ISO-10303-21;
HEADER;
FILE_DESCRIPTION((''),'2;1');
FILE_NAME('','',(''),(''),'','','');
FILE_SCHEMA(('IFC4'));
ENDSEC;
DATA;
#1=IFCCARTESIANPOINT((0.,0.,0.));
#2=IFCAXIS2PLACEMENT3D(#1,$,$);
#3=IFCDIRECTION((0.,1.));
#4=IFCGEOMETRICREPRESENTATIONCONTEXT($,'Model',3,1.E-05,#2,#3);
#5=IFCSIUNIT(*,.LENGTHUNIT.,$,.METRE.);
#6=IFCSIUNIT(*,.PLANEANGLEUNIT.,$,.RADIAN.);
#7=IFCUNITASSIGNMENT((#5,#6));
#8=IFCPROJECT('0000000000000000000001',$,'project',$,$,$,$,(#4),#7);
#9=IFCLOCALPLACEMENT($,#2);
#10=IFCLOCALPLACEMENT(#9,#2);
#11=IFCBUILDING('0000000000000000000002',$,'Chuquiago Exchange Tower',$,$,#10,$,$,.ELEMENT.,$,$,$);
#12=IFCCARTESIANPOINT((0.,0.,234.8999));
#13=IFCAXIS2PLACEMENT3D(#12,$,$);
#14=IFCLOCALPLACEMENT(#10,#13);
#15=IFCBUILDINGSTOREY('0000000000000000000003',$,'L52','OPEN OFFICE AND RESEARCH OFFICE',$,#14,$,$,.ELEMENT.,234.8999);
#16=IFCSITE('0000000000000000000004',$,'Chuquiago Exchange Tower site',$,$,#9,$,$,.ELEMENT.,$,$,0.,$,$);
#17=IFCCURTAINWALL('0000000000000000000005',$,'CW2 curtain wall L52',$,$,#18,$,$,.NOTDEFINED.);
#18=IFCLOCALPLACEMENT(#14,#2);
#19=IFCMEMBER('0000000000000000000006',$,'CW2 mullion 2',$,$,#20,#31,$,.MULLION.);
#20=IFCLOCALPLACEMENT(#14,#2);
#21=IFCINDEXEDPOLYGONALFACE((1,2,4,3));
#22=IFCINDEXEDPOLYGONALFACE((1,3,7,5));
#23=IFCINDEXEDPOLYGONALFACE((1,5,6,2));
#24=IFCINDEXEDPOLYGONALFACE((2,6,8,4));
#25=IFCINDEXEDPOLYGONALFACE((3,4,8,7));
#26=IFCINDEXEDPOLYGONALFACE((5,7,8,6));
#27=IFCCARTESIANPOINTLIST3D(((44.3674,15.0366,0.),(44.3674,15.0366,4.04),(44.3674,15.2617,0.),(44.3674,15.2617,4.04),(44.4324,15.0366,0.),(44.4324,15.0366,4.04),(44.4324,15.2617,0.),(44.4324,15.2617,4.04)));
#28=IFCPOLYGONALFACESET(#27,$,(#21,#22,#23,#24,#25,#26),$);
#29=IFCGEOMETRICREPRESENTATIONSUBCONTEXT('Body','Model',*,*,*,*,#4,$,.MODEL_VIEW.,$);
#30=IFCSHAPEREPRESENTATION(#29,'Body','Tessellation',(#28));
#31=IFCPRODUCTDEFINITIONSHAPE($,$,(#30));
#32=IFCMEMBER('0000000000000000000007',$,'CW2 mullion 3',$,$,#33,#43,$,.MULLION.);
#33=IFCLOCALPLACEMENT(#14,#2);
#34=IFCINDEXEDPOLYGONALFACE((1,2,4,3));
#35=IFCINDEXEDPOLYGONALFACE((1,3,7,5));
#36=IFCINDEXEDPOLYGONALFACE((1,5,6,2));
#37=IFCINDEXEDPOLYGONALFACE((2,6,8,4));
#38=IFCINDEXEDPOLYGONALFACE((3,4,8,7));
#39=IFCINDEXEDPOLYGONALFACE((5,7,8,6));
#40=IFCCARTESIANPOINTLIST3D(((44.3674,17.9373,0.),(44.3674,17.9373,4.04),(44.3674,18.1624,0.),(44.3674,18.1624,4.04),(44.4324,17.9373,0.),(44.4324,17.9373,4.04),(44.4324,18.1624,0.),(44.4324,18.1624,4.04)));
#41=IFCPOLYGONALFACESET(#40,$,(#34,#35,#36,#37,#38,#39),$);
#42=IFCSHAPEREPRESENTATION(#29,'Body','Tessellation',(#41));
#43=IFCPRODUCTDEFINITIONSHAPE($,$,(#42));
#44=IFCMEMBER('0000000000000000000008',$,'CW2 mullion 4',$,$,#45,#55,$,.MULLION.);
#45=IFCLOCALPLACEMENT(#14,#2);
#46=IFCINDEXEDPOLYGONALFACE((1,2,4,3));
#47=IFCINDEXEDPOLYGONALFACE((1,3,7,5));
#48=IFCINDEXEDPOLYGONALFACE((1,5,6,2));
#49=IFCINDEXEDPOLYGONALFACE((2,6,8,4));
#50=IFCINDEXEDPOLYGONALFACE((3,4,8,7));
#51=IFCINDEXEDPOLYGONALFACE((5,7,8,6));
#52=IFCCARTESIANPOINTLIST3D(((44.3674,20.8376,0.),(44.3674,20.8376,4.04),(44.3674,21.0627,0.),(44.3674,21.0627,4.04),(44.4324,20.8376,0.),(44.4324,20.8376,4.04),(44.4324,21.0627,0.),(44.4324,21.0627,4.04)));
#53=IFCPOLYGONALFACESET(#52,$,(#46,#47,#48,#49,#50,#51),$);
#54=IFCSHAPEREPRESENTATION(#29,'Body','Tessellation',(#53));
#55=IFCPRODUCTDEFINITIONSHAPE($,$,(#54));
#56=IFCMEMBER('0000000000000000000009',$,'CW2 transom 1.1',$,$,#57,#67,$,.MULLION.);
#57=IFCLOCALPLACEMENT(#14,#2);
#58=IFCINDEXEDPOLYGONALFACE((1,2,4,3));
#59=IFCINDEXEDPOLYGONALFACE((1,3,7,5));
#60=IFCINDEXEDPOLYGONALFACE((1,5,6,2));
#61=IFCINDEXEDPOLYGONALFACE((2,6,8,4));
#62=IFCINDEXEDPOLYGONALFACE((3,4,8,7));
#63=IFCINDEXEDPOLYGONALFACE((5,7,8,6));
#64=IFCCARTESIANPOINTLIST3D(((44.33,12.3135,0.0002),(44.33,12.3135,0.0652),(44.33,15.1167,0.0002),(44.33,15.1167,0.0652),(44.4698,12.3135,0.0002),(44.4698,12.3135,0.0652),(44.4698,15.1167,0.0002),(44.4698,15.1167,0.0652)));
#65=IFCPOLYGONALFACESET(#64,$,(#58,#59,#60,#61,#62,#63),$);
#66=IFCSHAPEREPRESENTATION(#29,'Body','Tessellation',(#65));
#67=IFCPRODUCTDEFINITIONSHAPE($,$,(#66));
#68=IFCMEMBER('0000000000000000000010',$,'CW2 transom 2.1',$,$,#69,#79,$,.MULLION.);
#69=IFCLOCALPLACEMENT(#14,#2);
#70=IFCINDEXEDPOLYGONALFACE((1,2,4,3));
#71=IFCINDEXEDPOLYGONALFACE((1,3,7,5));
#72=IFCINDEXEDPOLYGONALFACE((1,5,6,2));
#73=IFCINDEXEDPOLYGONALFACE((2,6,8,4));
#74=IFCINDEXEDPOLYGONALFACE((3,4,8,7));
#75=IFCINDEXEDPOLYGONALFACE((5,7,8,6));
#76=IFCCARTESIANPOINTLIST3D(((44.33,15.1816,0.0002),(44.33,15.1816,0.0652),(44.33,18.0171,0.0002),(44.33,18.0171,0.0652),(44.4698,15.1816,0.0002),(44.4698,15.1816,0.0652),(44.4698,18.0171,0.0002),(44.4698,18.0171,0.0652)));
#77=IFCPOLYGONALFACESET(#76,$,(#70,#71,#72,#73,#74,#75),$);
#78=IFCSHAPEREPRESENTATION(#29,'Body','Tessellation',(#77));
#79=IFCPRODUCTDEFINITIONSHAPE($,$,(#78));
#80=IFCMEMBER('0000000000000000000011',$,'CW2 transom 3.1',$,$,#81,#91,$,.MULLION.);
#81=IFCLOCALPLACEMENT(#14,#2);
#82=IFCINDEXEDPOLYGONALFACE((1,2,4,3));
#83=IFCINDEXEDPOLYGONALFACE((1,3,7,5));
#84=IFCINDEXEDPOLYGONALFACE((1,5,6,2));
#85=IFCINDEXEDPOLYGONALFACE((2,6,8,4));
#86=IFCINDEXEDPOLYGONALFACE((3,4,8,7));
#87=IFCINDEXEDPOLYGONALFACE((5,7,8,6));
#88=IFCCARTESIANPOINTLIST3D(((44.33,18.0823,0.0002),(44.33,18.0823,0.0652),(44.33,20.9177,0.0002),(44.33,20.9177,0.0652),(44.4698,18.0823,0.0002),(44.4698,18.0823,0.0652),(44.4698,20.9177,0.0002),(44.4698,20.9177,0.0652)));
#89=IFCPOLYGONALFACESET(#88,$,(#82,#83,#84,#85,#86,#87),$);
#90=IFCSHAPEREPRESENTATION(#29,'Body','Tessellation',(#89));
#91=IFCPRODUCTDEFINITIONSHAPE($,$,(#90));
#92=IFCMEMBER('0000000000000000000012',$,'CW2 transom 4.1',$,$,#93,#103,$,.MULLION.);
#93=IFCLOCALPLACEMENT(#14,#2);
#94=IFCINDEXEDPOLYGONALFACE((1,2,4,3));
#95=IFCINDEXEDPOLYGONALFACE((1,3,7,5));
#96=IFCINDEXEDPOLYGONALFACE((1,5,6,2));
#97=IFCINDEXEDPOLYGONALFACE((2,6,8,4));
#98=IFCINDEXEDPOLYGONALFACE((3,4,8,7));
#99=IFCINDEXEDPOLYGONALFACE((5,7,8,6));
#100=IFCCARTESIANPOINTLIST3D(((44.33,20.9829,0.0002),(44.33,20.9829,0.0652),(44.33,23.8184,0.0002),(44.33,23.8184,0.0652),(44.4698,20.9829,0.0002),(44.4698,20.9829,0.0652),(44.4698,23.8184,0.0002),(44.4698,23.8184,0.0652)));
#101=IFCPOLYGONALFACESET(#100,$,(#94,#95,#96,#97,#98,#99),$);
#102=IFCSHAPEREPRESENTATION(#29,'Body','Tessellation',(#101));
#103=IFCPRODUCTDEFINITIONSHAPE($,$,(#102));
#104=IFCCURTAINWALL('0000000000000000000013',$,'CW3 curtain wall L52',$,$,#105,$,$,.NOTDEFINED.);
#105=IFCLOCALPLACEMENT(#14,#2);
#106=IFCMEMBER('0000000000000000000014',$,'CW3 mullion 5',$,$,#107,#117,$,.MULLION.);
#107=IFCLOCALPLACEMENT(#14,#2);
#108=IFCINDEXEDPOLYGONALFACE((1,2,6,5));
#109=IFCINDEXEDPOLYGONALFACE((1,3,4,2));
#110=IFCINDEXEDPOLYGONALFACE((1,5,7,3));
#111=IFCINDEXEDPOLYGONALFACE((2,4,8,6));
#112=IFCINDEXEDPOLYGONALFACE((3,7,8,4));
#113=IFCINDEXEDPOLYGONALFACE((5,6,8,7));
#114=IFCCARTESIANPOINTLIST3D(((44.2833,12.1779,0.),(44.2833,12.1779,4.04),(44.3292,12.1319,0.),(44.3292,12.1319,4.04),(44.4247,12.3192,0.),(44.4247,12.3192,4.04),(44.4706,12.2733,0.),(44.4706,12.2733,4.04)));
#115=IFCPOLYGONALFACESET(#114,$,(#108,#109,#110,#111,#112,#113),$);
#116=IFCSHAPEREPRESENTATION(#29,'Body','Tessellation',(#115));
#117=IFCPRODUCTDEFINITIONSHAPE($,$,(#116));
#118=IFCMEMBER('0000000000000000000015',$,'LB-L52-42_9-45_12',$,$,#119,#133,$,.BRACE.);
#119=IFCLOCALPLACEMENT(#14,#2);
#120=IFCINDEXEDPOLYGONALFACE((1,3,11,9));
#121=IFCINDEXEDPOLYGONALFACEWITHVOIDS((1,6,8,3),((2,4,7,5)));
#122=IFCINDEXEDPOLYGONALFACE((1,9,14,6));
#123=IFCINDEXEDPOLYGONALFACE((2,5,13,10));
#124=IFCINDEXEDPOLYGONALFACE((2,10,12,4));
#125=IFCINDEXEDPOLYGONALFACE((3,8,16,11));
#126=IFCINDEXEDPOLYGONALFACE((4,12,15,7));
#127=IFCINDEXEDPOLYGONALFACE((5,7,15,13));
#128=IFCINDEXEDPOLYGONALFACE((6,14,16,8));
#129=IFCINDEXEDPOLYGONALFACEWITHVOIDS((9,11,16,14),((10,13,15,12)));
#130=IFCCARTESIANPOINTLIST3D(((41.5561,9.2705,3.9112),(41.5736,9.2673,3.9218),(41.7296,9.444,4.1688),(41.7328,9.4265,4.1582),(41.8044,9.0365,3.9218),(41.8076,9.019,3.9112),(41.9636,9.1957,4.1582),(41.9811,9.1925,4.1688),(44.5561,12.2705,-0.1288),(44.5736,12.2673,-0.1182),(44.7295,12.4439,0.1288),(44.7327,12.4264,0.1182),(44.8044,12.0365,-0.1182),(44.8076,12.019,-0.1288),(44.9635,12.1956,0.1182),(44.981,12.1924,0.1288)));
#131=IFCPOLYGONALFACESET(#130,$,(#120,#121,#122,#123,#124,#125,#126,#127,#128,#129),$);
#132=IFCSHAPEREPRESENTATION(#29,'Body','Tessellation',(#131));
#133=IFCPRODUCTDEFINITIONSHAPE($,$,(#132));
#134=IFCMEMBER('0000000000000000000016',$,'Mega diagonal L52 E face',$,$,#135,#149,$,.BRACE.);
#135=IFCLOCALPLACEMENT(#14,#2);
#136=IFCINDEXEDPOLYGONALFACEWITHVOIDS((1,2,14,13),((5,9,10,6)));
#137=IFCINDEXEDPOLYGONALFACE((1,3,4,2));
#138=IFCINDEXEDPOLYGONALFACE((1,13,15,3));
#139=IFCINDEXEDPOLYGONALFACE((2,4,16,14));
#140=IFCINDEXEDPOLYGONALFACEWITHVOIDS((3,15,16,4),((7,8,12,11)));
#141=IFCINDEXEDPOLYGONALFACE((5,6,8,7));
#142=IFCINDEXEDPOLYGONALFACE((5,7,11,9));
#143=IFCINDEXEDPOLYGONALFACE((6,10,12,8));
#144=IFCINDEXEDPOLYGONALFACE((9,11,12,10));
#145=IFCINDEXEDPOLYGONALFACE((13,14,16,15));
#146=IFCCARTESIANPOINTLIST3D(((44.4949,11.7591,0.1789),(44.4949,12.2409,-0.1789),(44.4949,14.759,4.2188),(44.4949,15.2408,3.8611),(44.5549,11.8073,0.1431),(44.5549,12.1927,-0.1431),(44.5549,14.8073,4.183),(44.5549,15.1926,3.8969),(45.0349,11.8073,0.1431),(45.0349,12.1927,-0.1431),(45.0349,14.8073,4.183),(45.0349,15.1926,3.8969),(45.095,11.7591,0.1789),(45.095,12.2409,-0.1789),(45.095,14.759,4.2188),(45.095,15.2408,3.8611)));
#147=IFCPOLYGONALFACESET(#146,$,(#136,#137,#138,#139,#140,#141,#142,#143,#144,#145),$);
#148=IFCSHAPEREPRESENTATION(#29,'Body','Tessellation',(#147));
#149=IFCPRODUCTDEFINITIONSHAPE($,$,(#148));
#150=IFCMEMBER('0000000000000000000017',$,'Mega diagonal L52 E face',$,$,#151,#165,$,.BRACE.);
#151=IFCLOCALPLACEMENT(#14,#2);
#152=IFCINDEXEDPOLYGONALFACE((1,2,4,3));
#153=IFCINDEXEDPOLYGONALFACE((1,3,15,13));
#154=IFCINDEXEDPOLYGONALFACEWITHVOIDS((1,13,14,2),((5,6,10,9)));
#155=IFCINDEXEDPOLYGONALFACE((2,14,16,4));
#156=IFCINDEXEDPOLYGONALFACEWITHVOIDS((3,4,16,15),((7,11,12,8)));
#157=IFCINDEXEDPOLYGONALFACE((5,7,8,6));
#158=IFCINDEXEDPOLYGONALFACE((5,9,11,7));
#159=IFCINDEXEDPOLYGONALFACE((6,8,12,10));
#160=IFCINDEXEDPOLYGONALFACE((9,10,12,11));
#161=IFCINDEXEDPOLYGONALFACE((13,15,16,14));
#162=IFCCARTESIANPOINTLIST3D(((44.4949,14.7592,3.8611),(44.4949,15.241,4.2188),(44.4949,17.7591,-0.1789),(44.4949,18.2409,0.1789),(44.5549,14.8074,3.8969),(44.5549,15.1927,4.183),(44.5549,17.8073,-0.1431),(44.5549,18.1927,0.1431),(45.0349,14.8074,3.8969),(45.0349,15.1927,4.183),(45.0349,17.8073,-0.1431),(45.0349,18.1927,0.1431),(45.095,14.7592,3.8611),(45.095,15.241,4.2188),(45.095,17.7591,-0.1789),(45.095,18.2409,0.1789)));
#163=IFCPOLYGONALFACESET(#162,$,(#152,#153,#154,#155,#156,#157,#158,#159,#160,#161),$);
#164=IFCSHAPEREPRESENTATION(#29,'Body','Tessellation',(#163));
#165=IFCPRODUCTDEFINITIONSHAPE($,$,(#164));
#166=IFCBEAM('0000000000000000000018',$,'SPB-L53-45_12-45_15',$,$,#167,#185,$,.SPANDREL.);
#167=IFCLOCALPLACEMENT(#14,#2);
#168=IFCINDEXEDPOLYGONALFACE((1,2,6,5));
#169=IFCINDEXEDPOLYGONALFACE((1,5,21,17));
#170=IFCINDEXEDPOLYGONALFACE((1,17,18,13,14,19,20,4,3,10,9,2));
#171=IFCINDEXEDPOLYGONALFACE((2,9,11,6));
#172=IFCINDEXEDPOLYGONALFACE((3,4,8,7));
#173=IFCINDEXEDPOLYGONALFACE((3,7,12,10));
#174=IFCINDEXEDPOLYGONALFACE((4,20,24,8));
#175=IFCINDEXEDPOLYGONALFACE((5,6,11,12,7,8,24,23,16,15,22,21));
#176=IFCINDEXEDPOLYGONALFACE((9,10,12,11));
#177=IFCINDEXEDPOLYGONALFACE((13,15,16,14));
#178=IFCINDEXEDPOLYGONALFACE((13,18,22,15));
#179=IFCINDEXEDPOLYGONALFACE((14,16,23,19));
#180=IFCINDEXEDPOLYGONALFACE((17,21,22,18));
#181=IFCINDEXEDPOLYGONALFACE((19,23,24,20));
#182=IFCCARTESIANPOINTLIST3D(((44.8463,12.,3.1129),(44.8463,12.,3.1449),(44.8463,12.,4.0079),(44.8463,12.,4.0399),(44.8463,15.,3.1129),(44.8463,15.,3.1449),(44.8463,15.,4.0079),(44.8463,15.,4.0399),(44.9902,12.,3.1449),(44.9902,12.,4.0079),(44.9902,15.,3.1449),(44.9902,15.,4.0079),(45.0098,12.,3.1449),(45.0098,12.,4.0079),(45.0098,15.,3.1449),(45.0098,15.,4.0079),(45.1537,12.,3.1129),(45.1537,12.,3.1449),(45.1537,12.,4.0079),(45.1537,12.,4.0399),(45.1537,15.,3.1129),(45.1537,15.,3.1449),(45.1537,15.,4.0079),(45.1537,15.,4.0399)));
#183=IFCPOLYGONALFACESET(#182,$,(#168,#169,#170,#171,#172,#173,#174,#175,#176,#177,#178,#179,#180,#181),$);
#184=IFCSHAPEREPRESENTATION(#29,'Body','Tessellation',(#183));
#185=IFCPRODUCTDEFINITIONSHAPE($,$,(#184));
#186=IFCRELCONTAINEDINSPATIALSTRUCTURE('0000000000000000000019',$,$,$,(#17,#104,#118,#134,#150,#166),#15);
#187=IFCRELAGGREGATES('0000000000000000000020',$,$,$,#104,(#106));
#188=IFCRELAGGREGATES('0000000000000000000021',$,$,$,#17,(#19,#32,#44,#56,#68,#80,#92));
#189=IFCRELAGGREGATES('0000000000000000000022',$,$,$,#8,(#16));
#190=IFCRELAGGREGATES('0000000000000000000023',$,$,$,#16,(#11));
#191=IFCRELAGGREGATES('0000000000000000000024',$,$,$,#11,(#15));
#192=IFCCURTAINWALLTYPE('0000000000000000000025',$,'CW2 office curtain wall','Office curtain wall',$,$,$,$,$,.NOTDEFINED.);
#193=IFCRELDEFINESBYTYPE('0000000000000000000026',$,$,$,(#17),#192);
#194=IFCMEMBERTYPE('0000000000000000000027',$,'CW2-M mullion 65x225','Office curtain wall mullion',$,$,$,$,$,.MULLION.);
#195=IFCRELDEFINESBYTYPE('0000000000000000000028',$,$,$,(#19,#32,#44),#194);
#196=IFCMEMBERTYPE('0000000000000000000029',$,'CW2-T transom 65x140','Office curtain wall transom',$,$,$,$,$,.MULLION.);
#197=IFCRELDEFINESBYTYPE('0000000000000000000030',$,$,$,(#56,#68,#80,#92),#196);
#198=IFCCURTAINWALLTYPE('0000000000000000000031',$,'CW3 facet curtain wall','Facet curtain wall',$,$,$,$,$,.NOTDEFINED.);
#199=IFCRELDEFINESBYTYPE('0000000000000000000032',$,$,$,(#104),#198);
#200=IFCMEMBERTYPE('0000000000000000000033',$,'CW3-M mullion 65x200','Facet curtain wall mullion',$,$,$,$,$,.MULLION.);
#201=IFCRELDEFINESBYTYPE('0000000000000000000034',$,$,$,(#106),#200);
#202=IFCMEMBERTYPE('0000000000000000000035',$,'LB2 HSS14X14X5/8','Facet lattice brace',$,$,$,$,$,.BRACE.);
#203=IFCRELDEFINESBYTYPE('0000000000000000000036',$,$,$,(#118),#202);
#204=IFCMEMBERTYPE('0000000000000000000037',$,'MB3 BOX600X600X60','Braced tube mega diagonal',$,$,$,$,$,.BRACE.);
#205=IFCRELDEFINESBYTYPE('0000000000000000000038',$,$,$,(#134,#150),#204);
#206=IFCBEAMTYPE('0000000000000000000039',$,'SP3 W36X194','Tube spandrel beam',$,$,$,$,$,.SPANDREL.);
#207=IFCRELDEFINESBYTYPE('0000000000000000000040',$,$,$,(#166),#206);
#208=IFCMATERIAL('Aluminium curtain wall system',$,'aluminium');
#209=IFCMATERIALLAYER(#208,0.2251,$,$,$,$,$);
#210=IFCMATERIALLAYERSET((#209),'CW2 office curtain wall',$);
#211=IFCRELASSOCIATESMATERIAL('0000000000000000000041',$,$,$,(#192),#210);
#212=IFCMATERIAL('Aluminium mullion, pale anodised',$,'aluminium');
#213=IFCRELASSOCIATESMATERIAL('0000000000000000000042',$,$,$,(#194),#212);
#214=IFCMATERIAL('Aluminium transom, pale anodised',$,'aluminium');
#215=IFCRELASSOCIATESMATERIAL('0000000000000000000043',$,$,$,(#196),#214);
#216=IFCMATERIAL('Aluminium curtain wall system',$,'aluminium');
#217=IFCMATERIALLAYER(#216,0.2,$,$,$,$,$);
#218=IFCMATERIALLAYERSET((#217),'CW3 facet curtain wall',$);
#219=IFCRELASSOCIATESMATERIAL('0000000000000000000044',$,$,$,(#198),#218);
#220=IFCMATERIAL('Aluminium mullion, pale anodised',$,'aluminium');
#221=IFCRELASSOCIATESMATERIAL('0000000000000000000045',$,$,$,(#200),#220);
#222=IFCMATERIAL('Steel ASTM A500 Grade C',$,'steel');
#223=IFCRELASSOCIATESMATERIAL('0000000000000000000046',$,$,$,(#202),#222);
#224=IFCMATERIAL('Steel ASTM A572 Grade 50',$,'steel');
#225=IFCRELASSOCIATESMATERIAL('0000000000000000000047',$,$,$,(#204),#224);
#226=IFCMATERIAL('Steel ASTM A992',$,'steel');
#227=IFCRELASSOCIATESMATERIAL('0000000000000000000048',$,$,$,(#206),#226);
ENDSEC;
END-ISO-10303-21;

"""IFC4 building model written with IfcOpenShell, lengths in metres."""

from ifc_helpers import new_model, si_unit, direction, frame, origin, origin_2d, place, context, subcontext, project, spatial, rectangle, hollow_rectangle, i_section, extrude, material, layer, layer_set, material_profile, profile_set, type_object, element, aggregate, save


model = new_model("IFC4")

# Units and contexts
model_context = context("Model", 3, precision=1e-05, world=origin(), true_north=direction((0.0, 1.0)))
body_context = subcontext(model_context, "Body", "Model", "MODEL_VIEW")
ifc_project = project(units=[si_unit("LENGTHUNIT", "METRE"), si_unit("PLANEANGLEUNIT", "RADIAN")], contexts=[model_context])

# Site, building, storey
site_placement = place(None, origin())
site = spatial("IfcSite", under=ifc_project, at=site_placement, Name="Chuquiago Exchange Tower site", CompositionType="ELEMENT", RefElevation=0.0)
building_placement = place(site_placement, origin())
building = spatial("IfcBuilding", under=site, at=building_placement, Name="Chuquiago Exchange Tower", CompositionType="ELEMENT")
storey_placement = place(building_placement, frame((0.0, 0.0, 234.8999)))
storey = spatial("IfcBuildingStorey", under=building, at=storey_placement, Name="L52", Description="OPEN OFFICE AND RESEARCH OFFICE", CompositionType="ELEMENT", Elevation=234.8999)

# Curtain wall, members
ifc_material_1 = material(Name="Aluminium curtain wall system", Category="aluminium")
ifc_layer_1 = layer(ifc_material_1, 0.2251)
ifc_layer_set_1 = layer_set([ifc_layer_1], Name="CW2 office curtain wall")
curtain_wall_type_1 = type_object("IfcCurtainWallType", Name="CW2 office curtain wall", Description="Office curtain wall", PredefinedType="NOTDEFINED", material=ifc_layer_set_1)
curtain_wall_1_placement = place(storey_placement, origin())
curtain_wall_1 = element("IfcCurtainWall", 1, at=curtain_wall_1_placement, inside=storey, type_object=curtain_wall_type_1, Name="CW2 curtain wall L52", PredefinedType="NOTDEFINED")
ifc_material_2 = material(Name="Aluminium mullion, pale anodised", Category="aluminium")
ifc_material_profile_1 = material_profile(ifc_material_2, rectangle(XDim=0.0649, YDim=0.2251, at=origin_2d()), Name="AL 65x225")
ifc_profile_set_1 = profile_set([ifc_material_profile_1], Name="Aluminium mullion, pale anodised")
member_type_1 = type_object("IfcMemberType", Name="CW2-M mullion 65x225", Description="Office curtain wall mullion", PredefinedType="MULLION", material=ifc_profile_set_1)
member_1_placement = place(storey_placement, frame((44.3999, 15.1492, 0.0), z_axis=(0.0, 0.0, 1.0), x_axis=(-1.0, 0.0, 0.0)))
member_1 = element("IfcMember", 2, at=member_1_placement, type_object=member_type_1, Name="CW2 mullion 2", PredefinedType="MULLION", context=body_context, shape_type="SweptSolid", body=[
    extrude(rectangle(XDim=0.0649, YDim=0.2251, at=origin_2d()), origin(), (0.0, 0.0, 1.0), 4.04),
])
member_2_placement = place(storey_placement, frame((44.3999, 18.0498, 0.0), z_axis=(0.0, 0.0, 1.0), x_axis=(-1.0, 0.0, 0.0)))
member_2 = element("IfcMember", 3, at=member_2_placement, type_object=member_type_1, Name="CW2 mullion 3", PredefinedType="MULLION", context=body_context, shape_type="SweptSolid", body=[
    extrude(rectangle(XDim=0.0649, YDim=0.2251, at=origin_2d()), origin(), (0.0, 0.0, 1.0), 4.04),
])
member_3_placement = place(storey_placement, frame((44.3999, 20.9502, 0.0), z_axis=(0.0, 0.0, 1.0), x_axis=(-1.0, 0.0, 0.0)))
member_3 = element("IfcMember", 4, at=member_3_placement, type_object=member_type_1, Name="CW2 mullion 4", PredefinedType="MULLION", context=body_context, shape_type="SweptSolid", body=[
    extrude(rectangle(XDim=0.0649, YDim=0.2251, at=origin_2d()), origin(), (0.0, 0.0, 1.0), 4.04),
])
ifc_material_3 = material(Name="Aluminium transom, pale anodised", Category="aluminium")
ifc_material_profile_2 = material_profile(ifc_material_3, rectangle(XDim=0.1399, YDim=0.0649, at=origin_2d()), Name="AL 140x65")
ifc_profile_set_2 = profile_set([ifc_material_profile_2], Name="Aluminium transom, pale anodised")
member_type_2 = type_object("IfcMemberType", Name="CW2-T transom 65x140", Description="Office curtain wall transom", PredefinedType="MULLION", material=ifc_profile_set_2)
member_4_placement = place(storey_placement, frame((44.3999, 12.3135, 0.0327), z_axis=(0.0, 1.0, 0.0), x_axis=(-1.0, 0.0, 0.0)))
member_4 = element("IfcMember", 5, at=member_4_placement, type_object=member_type_2, Name="CW2 transom 1.1", PredefinedType="MULLION", context=body_context, shape_type="SweptSolid", body=[
    extrude(rectangle(XDim=0.1399, YDim=0.0649, at=origin_2d()), origin(), (0.0, 0.0, 1.0), 2.8032),
])
member_5_placement = place(storey_placement, frame((44.3999, 15.1816, 0.0327), z_axis=(0.0, 1.0, 0.0), x_axis=(-1.0, 0.0, 0.0)))
member_5 = element("IfcMember", 6, at=member_5_placement, type_object=member_type_2, Name="CW2 transom 2.1", PredefinedType="MULLION", context=body_context, shape_type="SweptSolid", body=[
    extrude(rectangle(XDim=0.1399, YDim=0.0649, at=origin_2d()), origin(), (0.0, 0.0, 1.0), 2.8354),
])
member_6_placement = place(storey_placement, frame((44.3999, 18.0823, 0.0327), z_axis=(0.0, 1.0, 0.0), x_axis=(-1.0, 0.0, 0.0)))
member_6 = element("IfcMember", 7, at=member_6_placement, type_object=member_type_2, Name="CW2 transom 3.1", PredefinedType="MULLION", context=body_context, shape_type="SweptSolid", body=[
    extrude(rectangle(XDim=0.1399, YDim=0.0649, at=origin_2d()), origin(), (0.0, 0.0, 1.0), 2.8354),
])
member_7_placement = place(storey_placement, frame((44.3999, 20.9829, 0.0327), z_axis=(0.0, 1.0, 0.0), x_axis=(-1.0, 0.0, 0.0)))
member_7 = element("IfcMember", 8, at=member_7_placement, type_object=member_type_2, Name="CW2 transom 4.1", PredefinedType="MULLION", context=body_context, shape_type="SweptSolid", body=[
    extrude(rectangle(XDim=0.1399, YDim=0.0649, at=origin_2d()), origin(), (0.0, 0.0, 1.0), 2.8354),
])

# Curtain wall, member
ifc_material_4 = material(Name="Aluminium curtain wall system", Category="aluminium")
ifc_layer_2 = layer(ifc_material_4, 0.2)
ifc_layer_set_2 = layer_set([ifc_layer_2], Name="CW3 facet curtain wall")
curtain_wall_type_2 = type_object("IfcCurtainWallType", Name="CW3 facet curtain wall", Description="Facet curtain wall", PredefinedType="NOTDEFINED", material=ifc_layer_set_2)
curtain_wall_2_placement = place(storey_placement, origin())
curtain_wall_2 = element("IfcCurtainWall", 9, at=curtain_wall_2_placement, inside=storey, type_object=curtain_wall_type_2, Name="CW3 curtain wall L52", PredefinedType="NOTDEFINED")
ifc_material_5 = material(Name="Aluminium mullion, pale anodised", Category="aluminium")
ifc_material_profile_3 = material_profile(ifc_material_5, rectangle(XDim=0.0649, YDim=0.2, at=origin_2d()), Name="AL 65x200")
ifc_profile_set_3 = profile_set([ifc_material_profile_3], Name="Aluminium mullion, pale anodised")
member_type_3 = type_object("IfcMemberType", Name="CW3-M mullion 65x200", Description="Facet curtain wall mullion", PredefinedType="MULLION", material=ifc_profile_set_3)
member_8_placement = place(storey_placement, frame((44.377, 12.2256, 0.0), z_axis=(0.0, 0.0, 1.0), x_axis=(-0.707107, 0.707107, 0.0)))
member_8 = element("IfcMember", 10, at=member_8_placement, type_object=member_type_3, Name="CW3 mullion 5", PredefinedType="MULLION", context=body_context, shape_type="SweptSolid", body=[
    extrude(rectangle(XDim=0.0649, YDim=0.2, at=origin_2d()), origin(), (0.0, 0.0, 1.0), 4.04),
])
aggregate(curtain_wall_2, [member_8])

# Members
ifc_material_6 = material(Name="Steel ASTM A500 Grade C", Category="steel")
ifc_material_profile_4 = material_profile(ifc_material_6, hollow_rectangle(XDim=0.3557, YDim=0.3557, WallThickness=0.0146, at=origin_2d()), Name="HSS14X14X5/8")
ifc_profile_set_4 = profile_set([ifc_material_profile_4], Name="Steel ASTM A500 Grade C")
member_type_4 = type_object("IfcMemberType", Name="LB2 HSS14X14X5/8", Description="Facet lattice brace", PredefinedType="BRACE", material=ifc_profile_set_4)
member_9_placement = place(storey_placement, frame((44.7686, 12.2314, 0.0), z_axis=(-0.512077, -0.512077, 0.689604), x_axis=(0.707107, -0.707107, 0.0)))
element("IfcMember", 11, at=member_9_placement, inside=storey, type_object=member_type_4, Name="LB-L52-42_9-45_12", PredefinedType="BRACE", context=body_context, shape_type="SweptSolid", body=[
    extrude(hollow_rectangle(XDim=0.3557, YDim=0.3557, WallThickness=0.0146, at=origin_2d()), origin(), (0.0, 0.0, 1.0), 5.8584),
])
ifc_material_7 = material(Name="Steel ASTM A572 Grade 50", Category="steel")
ifc_material_profile_5 = material_profile(ifc_material_7, hollow_rectangle(XDim=0.6001, YDim=0.6001, WallThickness=0.0601, at=origin_2d()), Name="BOX600X600X60")
ifc_profile_set_5 = profile_set([ifc_material_profile_5], Name="Steel ASTM A572 Grade 50")
member_type_5 = type_object("IfcMemberType", Name="MB3 BOX600X600X60", Description="Braced tube mega diagonal", PredefinedType="BRACE", material=ifc_profile_set_5)
for number, where, z_axis, x_axis, name in (
    (12, (44.7949, 12.0, 0.0), (0.0, 0.596174, 0.802855), (-1.0, 0.0, 0.0), "Mega diagonal L52 E face"),
    (13, (44.7949, 18.0, 0.0), (0.0, -0.596174, 0.802855), (1.0, 0.0, 0.0), "Mega diagonal L52 E face"),
):
    element("IfcMember", number, at=place(storey_placement, frame(where, z_axis=z_axis, x_axis=x_axis)), inside=storey, type_object=member_type_5, Name=name, PredefinedType="BRACE", context=body_context, shape_type="SweptSolid", body=[
        extrude(hollow_rectangle(XDim=0.6001, YDim=0.6001, WallThickness=0.0601, at=origin_2d()), origin(), (0.0, 0.0, 1.0), 5.032),
    ])

# Beam
ifc_material_8 = material(Name="Steel ASTM A992", Category="steel")
ifc_material_profile_6 = material_profile(ifc_material_8, i_section(OverallWidth=0.3074, OverallDepth=0.927, WebThickness=0.0195, FlangeThickness=0.032, at=origin_2d()), Name="W36X194")
ifc_profile_set_6 = profile_set([ifc_material_profile_6], Name="Steel ASTM A992")
beam_type_1 = type_object("IfcBeamType", Name="SP3 W36X194", Description="Tube spandrel beam", PredefinedType="SPANDREL", material=ifc_profile_set_6)
for number, where, z_axis, x_axis, name in (
    (14, (45.0, 12.0, 3.5764), (0.0, 1.0, 0.0), (-1.0, 0.0, 0.0), "SPB-L53-45_12-45_15"),
):
    element("IfcBeam", number, at=place(storey_placement, frame(where, z_axis=z_axis, x_axis=x_axis)), inside=storey, type_object=beam_type_1, Name=name, PredefinedType="SPANDREL", context=body_context, shape_type="SweptSolid", body=[
        extrude(i_section(OverallWidth=0.3074, OverallDepth=0.927, WebThickness=0.0195, FlangeThickness=0.032, at=origin_2d()), origin(), (0.0, 0.0, 1.0), 3.0),
    ])

aggregate(curtain_wall_1, [member_1, member_2, member_3, member_4, member_5, member_6, member_7])

save(model, "model.ifc")
